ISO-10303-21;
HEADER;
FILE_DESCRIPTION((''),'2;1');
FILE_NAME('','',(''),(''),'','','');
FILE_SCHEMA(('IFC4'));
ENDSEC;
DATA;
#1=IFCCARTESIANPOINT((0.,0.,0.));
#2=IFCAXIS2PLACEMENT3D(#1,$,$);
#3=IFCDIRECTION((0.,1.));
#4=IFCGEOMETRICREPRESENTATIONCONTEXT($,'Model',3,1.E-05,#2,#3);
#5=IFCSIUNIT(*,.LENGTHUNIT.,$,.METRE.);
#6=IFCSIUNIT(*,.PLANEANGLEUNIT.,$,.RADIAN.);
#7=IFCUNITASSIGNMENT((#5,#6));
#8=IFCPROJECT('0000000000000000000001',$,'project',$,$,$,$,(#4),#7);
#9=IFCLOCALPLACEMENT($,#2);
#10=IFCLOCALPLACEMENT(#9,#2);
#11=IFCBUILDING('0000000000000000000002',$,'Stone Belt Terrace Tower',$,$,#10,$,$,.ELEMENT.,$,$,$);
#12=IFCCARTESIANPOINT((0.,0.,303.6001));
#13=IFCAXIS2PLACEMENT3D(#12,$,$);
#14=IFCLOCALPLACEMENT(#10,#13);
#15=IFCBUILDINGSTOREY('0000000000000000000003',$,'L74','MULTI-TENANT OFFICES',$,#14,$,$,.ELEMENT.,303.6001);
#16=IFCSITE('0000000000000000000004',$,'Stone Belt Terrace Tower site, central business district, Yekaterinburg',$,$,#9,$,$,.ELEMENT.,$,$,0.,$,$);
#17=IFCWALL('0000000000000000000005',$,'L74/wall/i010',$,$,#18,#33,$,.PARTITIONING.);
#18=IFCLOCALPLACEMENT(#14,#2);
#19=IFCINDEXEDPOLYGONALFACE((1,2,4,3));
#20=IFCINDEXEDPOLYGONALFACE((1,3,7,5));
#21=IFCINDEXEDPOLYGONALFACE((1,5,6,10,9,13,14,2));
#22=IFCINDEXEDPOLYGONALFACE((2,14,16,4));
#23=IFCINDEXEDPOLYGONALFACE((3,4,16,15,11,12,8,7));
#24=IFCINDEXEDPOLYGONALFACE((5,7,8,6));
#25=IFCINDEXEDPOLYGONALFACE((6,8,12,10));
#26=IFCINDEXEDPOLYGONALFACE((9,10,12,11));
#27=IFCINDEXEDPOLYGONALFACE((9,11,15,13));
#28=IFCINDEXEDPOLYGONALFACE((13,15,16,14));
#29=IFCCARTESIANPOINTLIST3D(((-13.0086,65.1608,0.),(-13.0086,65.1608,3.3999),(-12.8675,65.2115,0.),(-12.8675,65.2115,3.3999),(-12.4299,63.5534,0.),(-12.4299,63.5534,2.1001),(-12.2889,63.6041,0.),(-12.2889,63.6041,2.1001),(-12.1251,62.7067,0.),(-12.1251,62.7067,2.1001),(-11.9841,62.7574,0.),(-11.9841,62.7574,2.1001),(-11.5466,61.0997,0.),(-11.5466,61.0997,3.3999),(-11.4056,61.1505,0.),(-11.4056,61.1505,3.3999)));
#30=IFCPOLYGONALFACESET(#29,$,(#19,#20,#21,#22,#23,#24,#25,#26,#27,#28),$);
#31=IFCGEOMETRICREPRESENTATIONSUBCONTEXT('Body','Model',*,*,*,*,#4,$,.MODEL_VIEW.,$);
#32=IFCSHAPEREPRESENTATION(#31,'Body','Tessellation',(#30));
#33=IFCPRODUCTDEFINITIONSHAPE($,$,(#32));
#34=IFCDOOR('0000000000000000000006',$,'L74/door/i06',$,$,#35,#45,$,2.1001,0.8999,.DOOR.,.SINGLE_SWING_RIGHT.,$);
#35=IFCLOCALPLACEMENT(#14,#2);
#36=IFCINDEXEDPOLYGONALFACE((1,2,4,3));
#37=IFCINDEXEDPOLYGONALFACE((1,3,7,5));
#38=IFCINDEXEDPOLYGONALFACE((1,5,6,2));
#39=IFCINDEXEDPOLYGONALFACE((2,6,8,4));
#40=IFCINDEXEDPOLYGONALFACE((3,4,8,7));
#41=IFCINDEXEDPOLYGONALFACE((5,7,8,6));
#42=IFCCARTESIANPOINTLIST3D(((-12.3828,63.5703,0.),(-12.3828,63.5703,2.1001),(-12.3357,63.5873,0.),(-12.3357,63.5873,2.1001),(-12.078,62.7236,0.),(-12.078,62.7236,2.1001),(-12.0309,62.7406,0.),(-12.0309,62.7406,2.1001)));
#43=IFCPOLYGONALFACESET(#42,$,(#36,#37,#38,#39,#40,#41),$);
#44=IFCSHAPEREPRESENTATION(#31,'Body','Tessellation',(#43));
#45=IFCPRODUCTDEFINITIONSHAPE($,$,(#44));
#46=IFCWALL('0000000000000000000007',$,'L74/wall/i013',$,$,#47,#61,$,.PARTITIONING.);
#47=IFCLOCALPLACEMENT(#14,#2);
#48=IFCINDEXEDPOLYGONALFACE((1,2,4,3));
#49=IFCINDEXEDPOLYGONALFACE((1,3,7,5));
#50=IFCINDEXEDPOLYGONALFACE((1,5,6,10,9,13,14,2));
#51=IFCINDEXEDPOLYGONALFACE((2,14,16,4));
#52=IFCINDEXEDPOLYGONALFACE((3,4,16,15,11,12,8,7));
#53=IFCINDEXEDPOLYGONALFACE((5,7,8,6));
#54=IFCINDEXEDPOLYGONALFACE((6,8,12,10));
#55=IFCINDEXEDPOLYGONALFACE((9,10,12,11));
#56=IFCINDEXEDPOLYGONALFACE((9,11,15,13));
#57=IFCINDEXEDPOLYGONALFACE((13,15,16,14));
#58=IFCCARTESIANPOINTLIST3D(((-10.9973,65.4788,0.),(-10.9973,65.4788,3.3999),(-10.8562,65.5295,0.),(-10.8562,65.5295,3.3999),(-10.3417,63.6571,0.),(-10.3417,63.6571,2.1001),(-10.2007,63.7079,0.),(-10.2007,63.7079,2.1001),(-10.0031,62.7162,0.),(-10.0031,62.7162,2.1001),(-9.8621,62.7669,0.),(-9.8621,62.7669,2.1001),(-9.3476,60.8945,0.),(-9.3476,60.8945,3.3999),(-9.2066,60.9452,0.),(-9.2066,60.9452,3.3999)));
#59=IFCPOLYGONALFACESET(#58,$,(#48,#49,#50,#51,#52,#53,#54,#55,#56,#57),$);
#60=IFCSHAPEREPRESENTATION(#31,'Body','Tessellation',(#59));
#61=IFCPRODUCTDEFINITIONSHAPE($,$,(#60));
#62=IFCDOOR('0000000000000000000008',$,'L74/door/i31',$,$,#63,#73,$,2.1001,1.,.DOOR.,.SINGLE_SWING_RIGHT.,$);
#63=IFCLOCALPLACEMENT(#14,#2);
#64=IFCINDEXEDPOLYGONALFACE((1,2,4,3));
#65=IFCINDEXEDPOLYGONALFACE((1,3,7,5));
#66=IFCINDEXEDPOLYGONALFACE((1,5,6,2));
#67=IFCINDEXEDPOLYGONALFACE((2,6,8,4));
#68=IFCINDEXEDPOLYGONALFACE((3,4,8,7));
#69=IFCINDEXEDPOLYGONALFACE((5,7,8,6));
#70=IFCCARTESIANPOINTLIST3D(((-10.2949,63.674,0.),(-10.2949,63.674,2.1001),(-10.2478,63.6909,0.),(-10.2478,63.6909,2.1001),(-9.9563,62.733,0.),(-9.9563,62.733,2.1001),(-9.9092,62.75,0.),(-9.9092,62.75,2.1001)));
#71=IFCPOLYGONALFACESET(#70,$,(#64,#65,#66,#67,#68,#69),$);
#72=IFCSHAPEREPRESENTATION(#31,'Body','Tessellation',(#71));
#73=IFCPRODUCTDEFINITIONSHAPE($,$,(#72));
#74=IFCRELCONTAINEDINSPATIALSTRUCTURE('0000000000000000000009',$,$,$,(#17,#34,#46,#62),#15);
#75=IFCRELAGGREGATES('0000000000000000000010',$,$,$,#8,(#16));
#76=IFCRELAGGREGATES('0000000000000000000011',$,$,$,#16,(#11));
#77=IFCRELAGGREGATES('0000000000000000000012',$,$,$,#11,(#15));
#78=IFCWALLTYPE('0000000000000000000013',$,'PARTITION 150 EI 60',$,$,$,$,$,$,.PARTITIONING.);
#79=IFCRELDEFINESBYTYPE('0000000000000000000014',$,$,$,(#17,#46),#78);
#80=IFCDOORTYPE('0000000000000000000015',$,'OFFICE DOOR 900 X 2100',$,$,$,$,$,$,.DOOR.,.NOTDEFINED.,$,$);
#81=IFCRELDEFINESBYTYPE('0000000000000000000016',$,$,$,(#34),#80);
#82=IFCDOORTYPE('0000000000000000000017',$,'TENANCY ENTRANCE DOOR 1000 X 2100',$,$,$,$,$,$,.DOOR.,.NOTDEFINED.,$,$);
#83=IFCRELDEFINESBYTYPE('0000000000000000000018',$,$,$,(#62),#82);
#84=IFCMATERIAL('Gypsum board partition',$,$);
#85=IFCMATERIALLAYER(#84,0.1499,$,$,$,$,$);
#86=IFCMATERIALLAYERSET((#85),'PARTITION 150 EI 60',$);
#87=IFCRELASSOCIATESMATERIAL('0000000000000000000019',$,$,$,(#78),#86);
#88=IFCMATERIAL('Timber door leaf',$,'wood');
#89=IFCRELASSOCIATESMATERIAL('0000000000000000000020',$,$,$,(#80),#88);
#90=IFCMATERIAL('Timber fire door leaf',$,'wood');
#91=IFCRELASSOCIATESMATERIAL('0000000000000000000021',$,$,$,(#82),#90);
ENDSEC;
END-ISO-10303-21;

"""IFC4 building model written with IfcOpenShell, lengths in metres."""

from ifc_helpers import new_model, si_unit, direction, frame, frame_2d, origin, place, context, subcontext, project, spatial, rectangle, extrude, material, layer, layer_set, type_object, element, fill, save


model = new_model("IFC4")

# Units and contexts
model_context = context("Model", 3, precision=1e-05, world=origin(), true_north=direction((0.0, 1.0)))
body_context = subcontext(model_context, "Body", "Model", "MODEL_VIEW")
ifc_project = project(units=[si_unit("LENGTHUNIT", "METRE"), si_unit("PLANEANGLEUNIT", "RADIAN")], contexts=[model_context])

# Site, building, storey
site_placement = place(None, origin())
site = spatial("IfcSite", under=ifc_project, at=site_placement, Name="Stone Belt Terrace Tower site, central business district, Yekaterinburg", CompositionType="ELEMENT", RefElevation=0.0)
building_placement = place(site_placement, origin())
building = spatial("IfcBuilding", under=site, at=building_placement, Name="Stone Belt Terrace Tower", CompositionType="ELEMENT")
storey_placement = place(building_placement, frame((0.0, 0.0, 303.6001)))
storey = spatial("IfcBuildingStorey", under=building, at=storey_placement, Name="L74", Description="MULTI-TENANT OFFICES", CompositionType="ELEMENT", Elevation=303.6001)

# Shared definitions
ifc_material_1 = material(Name="Timber door leaf", Category="wood")

# Walls, openings, doors
ifc_material_2 = material(Name="Gypsum board partition")
ifc_layer_1 = layer(ifc_material_2, 0.1499)
ifc_layer_set_1 = layer_set([ifc_layer_1], Name="PARTITION 150 EI 60")
wall_type_1 = type_object("IfcWallType", Name="PARTITION 150 EI 60", PredefinedType="PARTITIONING", material=ifc_layer_set_1)
wall_1_placement = place(storey_placement, frame((-11.4761, 61.125, 0.0), z_axis=(0.0, 0.0, 1.0), x_axis=(-0.338707, 0.940892, 0.0)))
wall_1 = element("IfcWall", 1, at=wall_1_placement, inside=storey, type_object=wall_type_1, Name="L74/wall/i010", PredefinedType="PARTITIONING", context=body_context, shape_type="SweptSolid", body=[
    extrude(rectangle(XDim=4.3162, YDim=0.1499, at=frame_2d((2.1582, 0.0))), origin(), (0.0, 0.0, 1.0), 3.3999),
])
opening_1_placement = place(wall_1_placement, frame((1.708, 0.0, 0.0)))
opening_1 = element("IfcOpeningElement", 2, at=opening_1_placement, cuts=wall_1, PredefinedType="OPENING", context=body_context, shape_type="SweptSolid", body=[
    extrude(rectangle(XDim=0.8999, YDim=2.1001, at=frame_2d((0.45, 1.05))), frame((0.0, 0.085, 0.0), z_axis=(0.0, -1.0, 0.0), x_axis=(1.0, 0.0, 0.0)), (0.0, 0.0, 1.0), 0.1699),
])
door_type_1 = type_object("IfcDoorType", Name="OFFICE DOOR 900 X 2100", OperationType="NOTDEFINED", PredefinedType="DOOR", material=ifc_material_1)
door_1_placement = place(opening_1_placement, origin())
door_1 = element("IfcDoor", 3, at=door_1_placement, inside=storey, type_object=door_type_1, Name="L74/door/i06", OperationType="SINGLE_SWING_RIGHT", OverallHeight=2.1001, OverallWidth=0.8999, PredefinedType="DOOR", context=body_context, shape_type="SweptSolid", body=[
    extrude(rectangle(XDim=0.8999, YDim=2.1001, at=frame_2d((0.45, 1.05))), frame((0.0, 0.0249, 0.0), z_axis=(0.0, -1.0, 0.0), x_axis=(1.0, 0.0, 0.0)), (0.0, 0.0, 1.0), 0.05),
])
fill(opening_1, door_1)
wall_2_placement = place(storey_placement, frame((-10.9268, 65.5042, 0.0), z_axis=(0.0, 0.0, 1.0), x_axis=(0.338599, -0.940931, 0.0)))
wall_2 = element("IfcWall", 4, at=wall_2_placement, inside=storey, type_object=wall_type_1, Name="L74/wall/i013", PredefinedType="PARTITIONING", context=body_context, shape_type="SweptSolid", body=[
    extrude(rectangle(XDim=4.8721, YDim=0.1499, at=frame_2d((2.436, 0.0))), origin(), (0.0, 0.0, 1.0), 3.3999),
])
opening_2_placement = place(wall_2_placement, frame((1.936, 0.0, 0.0)))
opening_2 = element("IfcOpeningElement", 5, at=opening_2_placement, cuts=wall_2, PredefinedType="OPENING", context=body_context, shape_type="SweptSolid", body=[
    extrude(rectangle(XDim=1.0, YDim=2.1001, at=frame_2d((0.5, 1.05))), frame((0.0, 0.085, 0.0), z_axis=(0.0, -1.0, 0.0), x_axis=(1.0, 0.0, 0.0)), (0.0, 0.0, 1.0), 0.1699),
])
ifc_material_3 = material(Name="Timber fire door leaf", Category="wood")
door_type_2 = type_object("IfcDoorType", Name="TENANCY ENTRANCE DOOR 1000 X 2100", OperationType="NOTDEFINED", PredefinedType="DOOR", material=ifc_material_3)
door_2_placement = place(opening_2_placement, origin())
door_2 = element("IfcDoor", 6, at=door_2_placement, inside=storey, type_object=door_type_2, Name="L74/door/i31", OperationType="SINGLE_SWING_RIGHT", OverallHeight=2.1001, OverallWidth=1.0, PredefinedType="DOOR", context=body_context, shape_type="SweptSolid", body=[
    extrude(rectangle(XDim=1.0, YDim=2.1001, at=frame_2d((0.5, 1.05))), frame((0.0, 0.0249, 0.0), z_axis=(0.0, -1.0, 0.0), x_axis=(1.0, 0.0, 0.0)), (0.0, 0.0, 1.0), 0.05),
])
fill(opening_2, door_2)

save(model, "model.ifc")
